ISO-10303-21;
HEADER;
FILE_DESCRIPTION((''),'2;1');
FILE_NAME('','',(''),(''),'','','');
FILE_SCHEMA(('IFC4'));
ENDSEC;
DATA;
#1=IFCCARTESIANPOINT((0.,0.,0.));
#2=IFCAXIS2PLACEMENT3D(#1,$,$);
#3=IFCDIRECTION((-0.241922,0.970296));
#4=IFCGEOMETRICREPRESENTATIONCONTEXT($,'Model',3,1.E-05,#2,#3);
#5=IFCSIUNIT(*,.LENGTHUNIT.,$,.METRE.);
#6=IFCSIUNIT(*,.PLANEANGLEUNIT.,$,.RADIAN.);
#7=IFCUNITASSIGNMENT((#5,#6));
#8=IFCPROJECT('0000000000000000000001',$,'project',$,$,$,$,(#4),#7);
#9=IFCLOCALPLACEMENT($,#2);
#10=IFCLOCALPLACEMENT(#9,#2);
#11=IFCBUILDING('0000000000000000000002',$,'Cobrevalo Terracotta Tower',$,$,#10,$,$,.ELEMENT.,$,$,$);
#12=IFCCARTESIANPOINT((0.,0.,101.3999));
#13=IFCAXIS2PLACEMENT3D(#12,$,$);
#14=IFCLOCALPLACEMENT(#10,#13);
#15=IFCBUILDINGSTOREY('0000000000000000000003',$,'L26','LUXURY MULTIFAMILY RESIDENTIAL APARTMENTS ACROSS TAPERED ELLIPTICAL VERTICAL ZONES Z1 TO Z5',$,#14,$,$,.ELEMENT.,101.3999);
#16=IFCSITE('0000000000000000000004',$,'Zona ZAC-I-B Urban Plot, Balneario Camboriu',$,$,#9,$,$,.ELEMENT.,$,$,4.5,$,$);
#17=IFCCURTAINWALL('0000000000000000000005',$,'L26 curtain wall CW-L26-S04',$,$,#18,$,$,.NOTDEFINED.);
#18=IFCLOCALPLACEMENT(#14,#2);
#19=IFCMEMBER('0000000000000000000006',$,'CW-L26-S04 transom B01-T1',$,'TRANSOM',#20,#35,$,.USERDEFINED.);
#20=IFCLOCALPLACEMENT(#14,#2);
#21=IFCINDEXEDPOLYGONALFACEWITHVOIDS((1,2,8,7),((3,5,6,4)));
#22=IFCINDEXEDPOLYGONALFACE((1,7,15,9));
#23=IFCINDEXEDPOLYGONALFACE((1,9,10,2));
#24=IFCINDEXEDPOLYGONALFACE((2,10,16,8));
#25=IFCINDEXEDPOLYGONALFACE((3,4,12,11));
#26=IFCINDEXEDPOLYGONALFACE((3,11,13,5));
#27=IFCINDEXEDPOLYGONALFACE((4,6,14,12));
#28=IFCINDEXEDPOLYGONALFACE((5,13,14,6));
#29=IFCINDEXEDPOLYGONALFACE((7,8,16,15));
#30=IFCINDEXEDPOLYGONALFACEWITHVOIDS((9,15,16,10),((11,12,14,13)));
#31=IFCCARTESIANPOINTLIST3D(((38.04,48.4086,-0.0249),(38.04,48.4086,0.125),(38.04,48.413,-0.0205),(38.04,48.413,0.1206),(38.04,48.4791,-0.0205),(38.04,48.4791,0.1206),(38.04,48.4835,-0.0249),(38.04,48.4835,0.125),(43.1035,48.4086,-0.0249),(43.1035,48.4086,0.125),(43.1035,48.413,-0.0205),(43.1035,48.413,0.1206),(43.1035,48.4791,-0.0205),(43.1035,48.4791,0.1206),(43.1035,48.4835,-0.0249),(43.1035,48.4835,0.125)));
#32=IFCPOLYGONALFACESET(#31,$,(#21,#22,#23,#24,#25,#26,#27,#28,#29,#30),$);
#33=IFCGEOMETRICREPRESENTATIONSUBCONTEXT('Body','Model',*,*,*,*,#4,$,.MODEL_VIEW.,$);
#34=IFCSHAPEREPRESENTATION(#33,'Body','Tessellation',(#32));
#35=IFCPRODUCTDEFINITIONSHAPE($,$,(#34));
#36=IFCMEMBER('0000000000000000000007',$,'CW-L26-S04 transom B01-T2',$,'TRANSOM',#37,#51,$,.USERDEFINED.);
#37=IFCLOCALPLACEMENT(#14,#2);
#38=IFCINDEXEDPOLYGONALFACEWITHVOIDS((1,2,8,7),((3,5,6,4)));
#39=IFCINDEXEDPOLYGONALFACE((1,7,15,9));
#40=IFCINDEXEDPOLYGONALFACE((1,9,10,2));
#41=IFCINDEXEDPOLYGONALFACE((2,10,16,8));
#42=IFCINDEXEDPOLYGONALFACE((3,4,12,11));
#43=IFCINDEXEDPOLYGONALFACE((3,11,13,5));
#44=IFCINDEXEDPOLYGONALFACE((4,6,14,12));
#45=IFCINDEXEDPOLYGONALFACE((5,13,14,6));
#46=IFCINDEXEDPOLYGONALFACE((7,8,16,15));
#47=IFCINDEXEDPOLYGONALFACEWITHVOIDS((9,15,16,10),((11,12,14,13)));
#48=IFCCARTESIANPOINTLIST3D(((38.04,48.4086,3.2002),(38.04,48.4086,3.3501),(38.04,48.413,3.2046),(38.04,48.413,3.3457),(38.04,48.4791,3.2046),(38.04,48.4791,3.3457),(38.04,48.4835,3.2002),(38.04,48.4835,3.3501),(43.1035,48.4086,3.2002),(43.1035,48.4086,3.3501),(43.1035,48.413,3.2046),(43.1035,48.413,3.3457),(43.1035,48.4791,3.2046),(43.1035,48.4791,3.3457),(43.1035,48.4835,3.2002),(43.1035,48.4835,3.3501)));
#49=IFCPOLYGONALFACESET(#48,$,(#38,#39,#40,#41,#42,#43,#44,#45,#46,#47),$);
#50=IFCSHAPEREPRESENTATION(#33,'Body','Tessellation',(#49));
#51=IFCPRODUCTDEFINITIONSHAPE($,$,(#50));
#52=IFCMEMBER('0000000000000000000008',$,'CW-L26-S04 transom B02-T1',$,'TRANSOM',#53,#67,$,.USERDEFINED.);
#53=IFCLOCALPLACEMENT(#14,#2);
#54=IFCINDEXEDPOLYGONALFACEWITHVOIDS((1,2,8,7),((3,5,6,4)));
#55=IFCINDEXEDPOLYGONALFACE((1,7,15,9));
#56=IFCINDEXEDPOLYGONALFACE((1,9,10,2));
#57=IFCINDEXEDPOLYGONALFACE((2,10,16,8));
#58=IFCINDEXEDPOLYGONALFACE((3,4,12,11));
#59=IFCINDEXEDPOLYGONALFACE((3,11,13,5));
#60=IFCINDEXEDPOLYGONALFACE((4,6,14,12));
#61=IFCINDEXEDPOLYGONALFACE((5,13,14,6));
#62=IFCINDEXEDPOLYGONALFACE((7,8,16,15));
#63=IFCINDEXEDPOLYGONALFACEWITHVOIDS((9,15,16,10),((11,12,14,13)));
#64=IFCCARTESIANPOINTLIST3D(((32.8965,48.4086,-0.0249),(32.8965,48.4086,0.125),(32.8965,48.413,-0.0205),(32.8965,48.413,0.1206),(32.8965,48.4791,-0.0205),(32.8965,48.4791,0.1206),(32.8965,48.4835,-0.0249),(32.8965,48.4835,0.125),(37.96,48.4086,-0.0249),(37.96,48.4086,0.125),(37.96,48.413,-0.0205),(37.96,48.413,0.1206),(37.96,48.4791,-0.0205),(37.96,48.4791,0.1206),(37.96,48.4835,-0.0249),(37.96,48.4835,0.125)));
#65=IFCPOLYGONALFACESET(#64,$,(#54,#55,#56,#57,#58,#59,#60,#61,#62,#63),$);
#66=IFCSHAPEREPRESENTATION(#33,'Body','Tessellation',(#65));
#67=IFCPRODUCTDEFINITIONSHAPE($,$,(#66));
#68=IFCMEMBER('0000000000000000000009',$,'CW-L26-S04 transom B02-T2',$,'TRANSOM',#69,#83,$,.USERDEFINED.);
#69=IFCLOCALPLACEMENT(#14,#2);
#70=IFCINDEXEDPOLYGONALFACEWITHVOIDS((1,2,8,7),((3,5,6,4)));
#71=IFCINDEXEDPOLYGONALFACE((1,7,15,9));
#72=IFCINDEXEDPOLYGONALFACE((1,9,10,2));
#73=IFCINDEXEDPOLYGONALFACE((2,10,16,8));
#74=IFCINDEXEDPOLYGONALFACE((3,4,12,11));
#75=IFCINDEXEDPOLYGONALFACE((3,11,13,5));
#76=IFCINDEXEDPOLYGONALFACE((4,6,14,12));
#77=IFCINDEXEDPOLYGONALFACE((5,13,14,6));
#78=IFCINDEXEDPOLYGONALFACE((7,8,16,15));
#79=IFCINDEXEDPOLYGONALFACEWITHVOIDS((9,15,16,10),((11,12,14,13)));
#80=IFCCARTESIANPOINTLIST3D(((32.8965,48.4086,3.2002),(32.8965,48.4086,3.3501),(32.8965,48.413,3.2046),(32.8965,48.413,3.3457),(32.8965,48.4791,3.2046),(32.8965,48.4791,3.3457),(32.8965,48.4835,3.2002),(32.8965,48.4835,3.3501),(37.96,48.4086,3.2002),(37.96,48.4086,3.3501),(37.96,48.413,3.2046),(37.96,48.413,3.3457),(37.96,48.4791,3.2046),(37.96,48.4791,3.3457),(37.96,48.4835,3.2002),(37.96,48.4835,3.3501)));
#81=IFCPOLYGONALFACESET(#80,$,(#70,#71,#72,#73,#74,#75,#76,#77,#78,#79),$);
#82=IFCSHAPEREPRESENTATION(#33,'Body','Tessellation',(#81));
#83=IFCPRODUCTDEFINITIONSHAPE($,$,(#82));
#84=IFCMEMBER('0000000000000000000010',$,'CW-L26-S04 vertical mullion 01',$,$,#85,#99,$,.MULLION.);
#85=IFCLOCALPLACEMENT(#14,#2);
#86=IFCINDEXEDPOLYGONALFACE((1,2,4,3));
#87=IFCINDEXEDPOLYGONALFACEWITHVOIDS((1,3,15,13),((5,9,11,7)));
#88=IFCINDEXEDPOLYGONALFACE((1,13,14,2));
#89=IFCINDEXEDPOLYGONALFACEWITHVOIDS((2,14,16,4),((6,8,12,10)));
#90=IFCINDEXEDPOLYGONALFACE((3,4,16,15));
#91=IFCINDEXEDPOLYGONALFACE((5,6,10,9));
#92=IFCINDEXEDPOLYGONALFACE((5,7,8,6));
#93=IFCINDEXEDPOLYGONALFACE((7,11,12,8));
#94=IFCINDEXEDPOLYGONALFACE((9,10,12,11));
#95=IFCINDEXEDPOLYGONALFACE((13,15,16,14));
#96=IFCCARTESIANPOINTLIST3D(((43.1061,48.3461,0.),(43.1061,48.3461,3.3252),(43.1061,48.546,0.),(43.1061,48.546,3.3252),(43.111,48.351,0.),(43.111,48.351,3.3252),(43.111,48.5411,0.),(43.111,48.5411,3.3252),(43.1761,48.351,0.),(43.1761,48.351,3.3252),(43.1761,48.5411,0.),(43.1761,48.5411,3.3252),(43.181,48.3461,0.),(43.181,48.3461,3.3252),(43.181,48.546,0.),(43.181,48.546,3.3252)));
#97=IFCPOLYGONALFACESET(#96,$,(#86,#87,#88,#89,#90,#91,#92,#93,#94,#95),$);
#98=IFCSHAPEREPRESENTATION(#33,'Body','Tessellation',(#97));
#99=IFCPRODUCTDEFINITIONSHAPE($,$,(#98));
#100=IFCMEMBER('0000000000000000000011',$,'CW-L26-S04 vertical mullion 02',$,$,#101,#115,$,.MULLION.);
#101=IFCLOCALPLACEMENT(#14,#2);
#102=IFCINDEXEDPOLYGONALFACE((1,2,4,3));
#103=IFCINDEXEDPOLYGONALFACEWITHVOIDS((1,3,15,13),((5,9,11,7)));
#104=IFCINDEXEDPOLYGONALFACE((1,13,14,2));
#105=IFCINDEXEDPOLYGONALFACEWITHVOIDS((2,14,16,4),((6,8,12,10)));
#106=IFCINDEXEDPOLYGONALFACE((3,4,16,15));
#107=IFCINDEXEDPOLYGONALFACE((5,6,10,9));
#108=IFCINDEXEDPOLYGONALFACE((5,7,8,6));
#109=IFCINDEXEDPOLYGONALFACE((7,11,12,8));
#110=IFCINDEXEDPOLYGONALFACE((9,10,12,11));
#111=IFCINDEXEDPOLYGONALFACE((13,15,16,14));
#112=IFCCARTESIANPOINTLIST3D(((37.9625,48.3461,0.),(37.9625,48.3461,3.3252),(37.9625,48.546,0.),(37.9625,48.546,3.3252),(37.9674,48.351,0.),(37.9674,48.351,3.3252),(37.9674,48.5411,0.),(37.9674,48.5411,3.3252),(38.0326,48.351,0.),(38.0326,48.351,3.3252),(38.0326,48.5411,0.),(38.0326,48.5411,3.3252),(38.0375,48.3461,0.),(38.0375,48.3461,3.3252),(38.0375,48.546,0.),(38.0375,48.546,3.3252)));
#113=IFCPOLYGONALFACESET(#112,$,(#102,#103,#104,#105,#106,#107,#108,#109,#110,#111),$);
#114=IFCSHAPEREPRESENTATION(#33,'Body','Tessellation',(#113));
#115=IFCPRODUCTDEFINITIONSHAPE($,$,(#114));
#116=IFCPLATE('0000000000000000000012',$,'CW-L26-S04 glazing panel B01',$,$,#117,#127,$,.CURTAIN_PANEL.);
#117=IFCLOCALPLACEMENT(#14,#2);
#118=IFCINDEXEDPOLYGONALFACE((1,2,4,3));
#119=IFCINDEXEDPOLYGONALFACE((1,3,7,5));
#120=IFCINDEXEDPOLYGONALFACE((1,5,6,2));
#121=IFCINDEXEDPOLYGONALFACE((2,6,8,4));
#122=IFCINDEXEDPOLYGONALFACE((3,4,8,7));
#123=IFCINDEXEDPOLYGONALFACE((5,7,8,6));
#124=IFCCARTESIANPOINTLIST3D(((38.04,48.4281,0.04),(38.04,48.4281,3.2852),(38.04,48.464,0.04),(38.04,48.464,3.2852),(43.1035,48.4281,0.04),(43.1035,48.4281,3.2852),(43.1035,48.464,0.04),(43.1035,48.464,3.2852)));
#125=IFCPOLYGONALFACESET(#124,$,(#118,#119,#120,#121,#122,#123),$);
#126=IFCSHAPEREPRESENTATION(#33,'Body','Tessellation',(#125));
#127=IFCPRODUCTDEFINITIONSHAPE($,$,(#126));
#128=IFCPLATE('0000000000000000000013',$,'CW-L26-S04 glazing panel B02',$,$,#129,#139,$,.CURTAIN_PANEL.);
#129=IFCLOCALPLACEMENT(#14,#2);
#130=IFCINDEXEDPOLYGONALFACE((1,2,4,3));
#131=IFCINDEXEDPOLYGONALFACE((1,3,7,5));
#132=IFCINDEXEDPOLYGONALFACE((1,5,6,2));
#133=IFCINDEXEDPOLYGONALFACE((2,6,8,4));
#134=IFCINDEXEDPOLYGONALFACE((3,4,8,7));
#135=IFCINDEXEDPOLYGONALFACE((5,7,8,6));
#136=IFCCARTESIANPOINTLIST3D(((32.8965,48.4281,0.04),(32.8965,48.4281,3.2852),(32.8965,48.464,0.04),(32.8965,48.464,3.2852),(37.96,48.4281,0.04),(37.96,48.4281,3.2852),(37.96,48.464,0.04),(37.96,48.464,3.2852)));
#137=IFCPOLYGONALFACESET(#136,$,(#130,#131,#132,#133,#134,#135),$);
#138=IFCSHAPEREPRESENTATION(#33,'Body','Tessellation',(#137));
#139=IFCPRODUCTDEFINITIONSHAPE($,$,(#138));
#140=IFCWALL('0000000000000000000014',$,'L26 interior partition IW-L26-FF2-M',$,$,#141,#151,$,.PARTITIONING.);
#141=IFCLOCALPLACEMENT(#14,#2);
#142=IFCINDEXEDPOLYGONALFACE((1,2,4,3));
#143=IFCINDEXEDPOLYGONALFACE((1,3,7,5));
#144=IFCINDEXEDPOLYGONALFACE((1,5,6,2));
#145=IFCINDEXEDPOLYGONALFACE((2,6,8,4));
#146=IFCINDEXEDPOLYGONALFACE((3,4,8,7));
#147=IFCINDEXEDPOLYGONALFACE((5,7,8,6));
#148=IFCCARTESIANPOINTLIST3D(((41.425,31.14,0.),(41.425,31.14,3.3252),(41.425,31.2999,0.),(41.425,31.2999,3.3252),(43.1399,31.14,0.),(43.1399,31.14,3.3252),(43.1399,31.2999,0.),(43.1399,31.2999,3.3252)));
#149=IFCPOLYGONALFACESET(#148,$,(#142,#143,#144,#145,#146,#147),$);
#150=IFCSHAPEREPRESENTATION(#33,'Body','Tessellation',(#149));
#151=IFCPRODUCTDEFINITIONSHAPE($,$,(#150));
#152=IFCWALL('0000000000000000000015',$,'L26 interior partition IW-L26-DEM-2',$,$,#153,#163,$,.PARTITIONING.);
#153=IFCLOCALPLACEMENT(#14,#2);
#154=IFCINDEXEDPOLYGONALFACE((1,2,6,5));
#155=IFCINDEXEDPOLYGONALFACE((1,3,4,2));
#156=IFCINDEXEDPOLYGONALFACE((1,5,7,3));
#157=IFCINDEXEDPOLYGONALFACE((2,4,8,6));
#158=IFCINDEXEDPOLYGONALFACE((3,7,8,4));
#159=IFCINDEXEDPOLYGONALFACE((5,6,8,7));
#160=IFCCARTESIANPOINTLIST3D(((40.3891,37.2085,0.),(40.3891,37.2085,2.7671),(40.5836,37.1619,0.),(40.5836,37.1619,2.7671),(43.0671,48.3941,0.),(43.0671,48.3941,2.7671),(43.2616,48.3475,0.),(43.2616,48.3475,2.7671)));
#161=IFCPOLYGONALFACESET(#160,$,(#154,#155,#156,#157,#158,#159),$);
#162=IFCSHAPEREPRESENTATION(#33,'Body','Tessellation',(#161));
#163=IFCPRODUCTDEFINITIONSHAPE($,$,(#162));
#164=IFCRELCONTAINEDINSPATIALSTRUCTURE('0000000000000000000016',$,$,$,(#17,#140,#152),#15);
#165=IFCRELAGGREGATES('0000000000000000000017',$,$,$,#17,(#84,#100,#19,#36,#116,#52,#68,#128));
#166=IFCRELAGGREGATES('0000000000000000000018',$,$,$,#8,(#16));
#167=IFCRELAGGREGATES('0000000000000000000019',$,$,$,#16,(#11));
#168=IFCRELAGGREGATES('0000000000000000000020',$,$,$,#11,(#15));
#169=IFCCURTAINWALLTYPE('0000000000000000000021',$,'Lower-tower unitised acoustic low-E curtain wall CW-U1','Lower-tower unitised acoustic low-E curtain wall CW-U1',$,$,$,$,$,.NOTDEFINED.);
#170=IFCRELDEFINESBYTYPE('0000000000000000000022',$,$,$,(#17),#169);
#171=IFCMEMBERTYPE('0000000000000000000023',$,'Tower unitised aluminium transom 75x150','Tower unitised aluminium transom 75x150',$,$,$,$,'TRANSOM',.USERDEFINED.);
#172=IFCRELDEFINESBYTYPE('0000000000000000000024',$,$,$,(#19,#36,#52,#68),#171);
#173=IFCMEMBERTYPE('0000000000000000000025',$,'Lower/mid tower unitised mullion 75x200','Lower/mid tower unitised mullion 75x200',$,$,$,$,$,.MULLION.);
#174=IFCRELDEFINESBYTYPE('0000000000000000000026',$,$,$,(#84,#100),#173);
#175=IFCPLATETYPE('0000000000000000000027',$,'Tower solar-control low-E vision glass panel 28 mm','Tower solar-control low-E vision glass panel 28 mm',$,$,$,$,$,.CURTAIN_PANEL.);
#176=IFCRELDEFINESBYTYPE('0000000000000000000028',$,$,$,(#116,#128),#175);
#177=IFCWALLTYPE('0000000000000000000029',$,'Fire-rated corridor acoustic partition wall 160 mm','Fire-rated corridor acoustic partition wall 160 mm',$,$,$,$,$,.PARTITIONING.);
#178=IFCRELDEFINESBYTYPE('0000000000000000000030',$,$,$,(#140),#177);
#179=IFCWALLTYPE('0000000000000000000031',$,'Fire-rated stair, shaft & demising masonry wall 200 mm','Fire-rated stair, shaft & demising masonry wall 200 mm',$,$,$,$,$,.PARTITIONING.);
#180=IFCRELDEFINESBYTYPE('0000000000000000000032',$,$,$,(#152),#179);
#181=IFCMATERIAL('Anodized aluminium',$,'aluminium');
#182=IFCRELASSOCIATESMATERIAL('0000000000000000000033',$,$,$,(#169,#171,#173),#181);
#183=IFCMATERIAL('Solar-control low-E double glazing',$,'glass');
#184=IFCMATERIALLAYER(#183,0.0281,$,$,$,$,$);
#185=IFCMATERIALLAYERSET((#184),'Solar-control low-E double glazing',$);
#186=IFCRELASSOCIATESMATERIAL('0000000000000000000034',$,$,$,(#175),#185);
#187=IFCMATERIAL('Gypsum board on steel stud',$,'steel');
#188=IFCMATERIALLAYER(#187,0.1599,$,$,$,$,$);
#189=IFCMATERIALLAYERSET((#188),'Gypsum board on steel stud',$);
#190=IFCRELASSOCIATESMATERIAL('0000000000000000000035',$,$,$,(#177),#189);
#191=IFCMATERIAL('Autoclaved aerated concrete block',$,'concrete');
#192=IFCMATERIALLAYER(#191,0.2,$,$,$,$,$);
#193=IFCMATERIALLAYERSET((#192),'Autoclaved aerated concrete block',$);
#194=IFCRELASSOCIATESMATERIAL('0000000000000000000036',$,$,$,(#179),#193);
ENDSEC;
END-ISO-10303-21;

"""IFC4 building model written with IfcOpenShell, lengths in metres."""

from ifc_helpers import new_model, si_unit, direction, frame, frame_2d, origin, origin_2d, place, context, subcontext, project, spatial, rectangle, hollow_rectangle, extrude, source, transform, mapped, material, layer, layer_set, material_profile, profile_set, type_object, element, aggregate, save


model = new_model("IFC4")

# Units and contexts
model_context = context("Model", 3, precision=1e-05, world=origin(), true_north=direction((-0.241922, 0.970296)))
body_context = subcontext(model_context, "Body", "Model", "MODEL_VIEW")
ifc_project = project(units=[si_unit("LENGTHUNIT", "METRE"), si_unit("PLANEANGLEUNIT", "RADIAN")], contexts=[model_context])

# Site, building, storey
site_placement = place(None, origin())
site = spatial("IfcSite", under=ifc_project, at=site_placement, Name="Zona ZAC-I-B Urban Plot, Balneario Camboriu", CompositionType="ELEMENT", RefElevation=4.5)
building_placement = place(site_placement, origin())
building = spatial("IfcBuilding", under=site, at=building_placement, Name="Cobrevalo Terracotta Tower", CompositionType="ELEMENT")
storey_placement = place(building_placement, frame((0.0, 0.0, 101.3999)))
storey = spatial("IfcBuildingStorey", under=building, at=storey_placement, Name="L26", Description="LUXURY MULTIFAMILY RESIDENTIAL APARTMENTS ACROSS TAPERED ELLIPTICAL VERTICAL ZONES Z1 TO Z5", CompositionType="ELEMENT", Elevation=101.3999)

# Curtain wall, members, plates
ifc_material_1 = material(Name="Anodized aluminium", Category="aluminium")
curtain_wall_type = type_object("IfcCurtainWallType", Name="Lower-tower unitised acoustic low-E curtain wall CW-U1", Description="Lower-tower unitised acoustic low-E curtain wall CW-U1", PredefinedType="NOTDEFINED", material=ifc_material_1)
curtain_wall_placement = place(storey_placement, origin())
curtain_wall = element("IfcCurtainWall", 1, at=curtain_wall_placement, inside=storey, type_object=curtain_wall_type, Name="L26 curtain wall CW-L26-S04", PredefinedType="NOTDEFINED")
ifc_material_profile_1 = material_profile(ifc_material_1, hollow_rectangle(XDim=0.075, YDim=0.1499, WallThickness=0.0044, at=origin_2d()), Name="CWT 75x150")
ifc_profile_set_1 = profile_set([ifc_material_profile_1], Name="Anodized aluminium")
member_type_1 = type_object("IfcMemberType", Name="Tower unitised aluminium transom 75x150", Description="Tower unitised aluminium transom 75x150", ElementType="TRANSOM", PredefinedType="USERDEFINED", material=ifc_profile_set_1)
shared_shape_1 = source(origin(), body_context, "Body", "SweptSolid", [
    extrude(hollow_rectangle(XDim=0.075, YDim=0.1499, WallThickness=0.0044, at=origin_2d()), origin(), (0.0, 0.0, 1.0), 5.0635),
])
member_1_placement = place(storey_placement, frame((43.1035, 48.446, 0.05), z_axis=(-1.0, 0.0, 0.0), x_axis=(0.0, -1.0, 0.0)))
member_1 = element("IfcMember", 2, at=member_1_placement, type_object=member_type_1, Name="CW-L26-S04 transom B01-T1", ObjectType="TRANSOM", PredefinedType="USERDEFINED", context=body_context, shape_type="MappedRepresentation", body=[
    mapped(shared_shape_1, transform((0.0, 0.0, 0.0), scale=1.0)),
])
member_2_placement = place(storey_placement, frame((43.1035, 48.446, 3.2751), z_axis=(-1.0, 0.0, 0.0), x_axis=(0.0, -1.0, 0.0)))
member_2 = element("IfcMember", 3, at=member_2_placement, type_object=member_type_1, Name="CW-L26-S04 transom B01-T2", ObjectType="TRANSOM", PredefinedType="USERDEFINED", context=body_context, shape_type="MappedRepresentation", body=[
    mapped(shared_shape_1, transform((0.0, 0.0, 0.0), scale=1.0)),
])
member_3_placement = place(storey_placement, frame((37.96, 48.446, 0.05), z_axis=(-1.0, 0.0, 0.0), x_axis=(0.0, -1.0, 0.0)))
member_3 = element("IfcMember", 4, at=member_3_placement, type_object=member_type_1, Name="CW-L26-S04 transom B02-T1", ObjectType="TRANSOM", PredefinedType="USERDEFINED", context=body_context, shape_type="MappedRepresentation", body=[
    mapped(shared_shape_1, transform((0.0, 0.0, 0.0), scale=1.0)),
])
member_4_placement = place(storey_placement, frame((37.96, 48.446, 3.2751), z_axis=(-1.0, 0.0, 0.0), x_axis=(0.0, -1.0, 0.0)))
member_4 = element("IfcMember", 5, at=member_4_placement, type_object=member_type_1, Name="CW-L26-S04 transom B02-T2", ObjectType="TRANSOM", PredefinedType="USERDEFINED", context=body_context, shape_type="MappedRepresentation", body=[
    mapped(shared_shape_1, transform((0.0, 0.0, 0.0), scale=1.0)),
])
ifc_material_profile_2 = material_profile(ifc_material_1, hollow_rectangle(XDim=0.075, YDim=0.2, WallThickness=0.0049, at=origin_2d()), Name="CWM 75x200")
ifc_profile_set_2 = profile_set([ifc_material_profile_2], Name="Anodized aluminium")
member_type_2 = type_object("IfcMemberType", Name="Lower/mid tower unitised mullion 75x200", Description="Lower/mid tower unitised mullion 75x200", PredefinedType="MULLION", material=ifc_profile_set_2)
shared_shape_2 = source(origin(), body_context, "Body", "SweptSolid", [
    extrude(hollow_rectangle(XDim=0.075, YDim=0.2, WallThickness=0.0049, at=origin_2d()), origin(), (0.0, 0.0, 1.0), 3.3252),
])
member_5_placement = place(storey_placement, frame((43.1436, 48.446, 0.0), z_axis=(0.0, 0.0, 1.0), x_axis=(-1.0, 0.0, 0.0)))
member_5 = element("IfcMember", 6, at=member_5_placement, type_object=member_type_2, Name="CW-L26-S04 vertical mullion 01", PredefinedType="MULLION", context=body_context, shape_type="MappedRepresentation", body=[
    mapped(shared_shape_2, transform((0.0, 0.0, 0.0), scale=1.0)),
])
member_6_placement = place(storey_placement, frame((38.0, 48.446, 0.0), z_axis=(0.0, 0.0, 1.0), x_axis=(-1.0, 0.0, 0.0)))
member_6 = element("IfcMember", 7, at=member_6_placement, type_object=member_type_2, Name="CW-L26-S04 vertical mullion 02", PredefinedType="MULLION", context=body_context, shape_type="MappedRepresentation", body=[
    mapped(shared_shape_2, transform((0.0, 0.0, 0.0), scale=1.0)),
])
ifc_material_2 = material(Name="Solar-control low-E double glazing", Category="glass")
ifc_layer_1 = layer(ifc_material_2, 0.0281)
ifc_layer_set_1 = layer_set([ifc_layer_1], Name="Solar-control low-E double glazing")
plate_type = type_object("IfcPlateType", Name="Tower solar-control low-E vision glass panel 28 mm", Description="Tower solar-control low-E vision glass panel 28 mm", PredefinedType="CURTAIN_PANEL", material=ifc_layer_set_1)
shared_shape_3 = source(origin(), body_context, "Body", "SweptSolid", [
    extrude(rectangle(XDim=5.0635, YDim=0.0359, at=origin_2d()), origin(), (0.0, 0.0, 1.0), 3.2451),
])
plate_1_placement = place(storey_placement, frame((40.5718, 48.446, 0.04), z_axis=(0.0, 0.0, 1.0), x_axis=(-1.0, 0.0, 0.0)))
plate_1 = element("IfcPlate", 8, at=plate_1_placement, type_object=plate_type, Name="CW-L26-S04 glazing panel B01", PredefinedType="CURTAIN_PANEL", context=body_context, shape_type="MappedRepresentation", body=[
    mapped(shared_shape_3, transform((0.0, 0.0, 0.0), scale=1.0)),
])
plate_2_placement = place(storey_placement, frame((35.4282, 48.446, 0.04), z_axis=(0.0, 0.0, 1.0), x_axis=(-1.0, 0.0, 0.0)))
plate_2 = element("IfcPlate", 9, at=plate_2_placement, type_object=plate_type, Name="CW-L26-S04 glazing panel B02", PredefinedType="CURTAIN_PANEL", context=body_context, shape_type="MappedRepresentation", body=[
    mapped(shared_shape_3, transform((0.0, 0.0, 0.0), scale=1.0)),
])
aggregate(curtain_wall, [member_5, member_6, member_1, member_2, plate_1, member_3, member_4, plate_2])

# Walls
ifc_material_3 = material(Name="Gypsum board on steel stud", Category="steel")
ifc_layer_2 = layer(ifc_material_3, 0.1599)
ifc_layer_set_2 = layer_set([ifc_layer_2], Name="Gypsum board on steel stud")
wall_type_1 = type_object("IfcWallType", Name="Fire-rated corridor acoustic partition wall 160 mm", Description="Fire-rated corridor acoustic partition wall 160 mm", PredefinedType="PARTITIONING", material=ifc_layer_set_2)
wall_1_placement = place(storey_placement, frame((41.425, 31.22, 0.0), z_axis=(0.0, 0.0, 1.0), x_axis=(1.0, 0.0, 0.0)))
element("IfcWall", 10, at=wall_1_placement, inside=storey, type_object=wall_type_1, Name="L26 interior partition IW-L26-FF2-M", PredefinedType="PARTITIONING", context=body_context, shape_type="SweptSolid", body=[
    extrude(rectangle(XDim=1.7148, YDim=0.1599, at=frame_2d((0.8574, 0.0))), origin(), (0.0, 0.0, 1.0), 3.3252),
])
ifc_material_4 = material(Name="Autoclaved aerated concrete block", Category="concrete")
ifc_layer_3 = layer(ifc_material_4, 0.2)
ifc_layer_set_3 = layer_set([ifc_layer_3], Name="Autoclaved aerated concrete block")
wall_type_2 = type_object("IfcWallType", Name="Fire-rated stair, shaft & demising masonry wall 200 mm", Description="Fire-rated stair, shaft & demising masonry wall 200 mm", PredefinedType="PARTITIONING", material=ifc_layer_set_3)
wall_2_placement = place(storey_placement, frame((40.4863, 37.1851, 0.0), z_axis=(0.0, 0.0, 1.0), x_axis=(0.232834, 0.972516, 0.0)))
element("IfcWall", 11, at=wall_2_placement, inside=storey, type_object=wall_type_2, Name="L26 interior partition IW-L26-DEM-2", PredefinedType="PARTITIONING", context=body_context, shape_type="SweptSolid", body=[
    extrude(rectangle(XDim=11.5017, YDim=0.2, at=frame_2d((5.751, 0.0))), origin(), (0.0, 0.0, 1.0), 2.7671),
])

save(model, "model.ifc")
